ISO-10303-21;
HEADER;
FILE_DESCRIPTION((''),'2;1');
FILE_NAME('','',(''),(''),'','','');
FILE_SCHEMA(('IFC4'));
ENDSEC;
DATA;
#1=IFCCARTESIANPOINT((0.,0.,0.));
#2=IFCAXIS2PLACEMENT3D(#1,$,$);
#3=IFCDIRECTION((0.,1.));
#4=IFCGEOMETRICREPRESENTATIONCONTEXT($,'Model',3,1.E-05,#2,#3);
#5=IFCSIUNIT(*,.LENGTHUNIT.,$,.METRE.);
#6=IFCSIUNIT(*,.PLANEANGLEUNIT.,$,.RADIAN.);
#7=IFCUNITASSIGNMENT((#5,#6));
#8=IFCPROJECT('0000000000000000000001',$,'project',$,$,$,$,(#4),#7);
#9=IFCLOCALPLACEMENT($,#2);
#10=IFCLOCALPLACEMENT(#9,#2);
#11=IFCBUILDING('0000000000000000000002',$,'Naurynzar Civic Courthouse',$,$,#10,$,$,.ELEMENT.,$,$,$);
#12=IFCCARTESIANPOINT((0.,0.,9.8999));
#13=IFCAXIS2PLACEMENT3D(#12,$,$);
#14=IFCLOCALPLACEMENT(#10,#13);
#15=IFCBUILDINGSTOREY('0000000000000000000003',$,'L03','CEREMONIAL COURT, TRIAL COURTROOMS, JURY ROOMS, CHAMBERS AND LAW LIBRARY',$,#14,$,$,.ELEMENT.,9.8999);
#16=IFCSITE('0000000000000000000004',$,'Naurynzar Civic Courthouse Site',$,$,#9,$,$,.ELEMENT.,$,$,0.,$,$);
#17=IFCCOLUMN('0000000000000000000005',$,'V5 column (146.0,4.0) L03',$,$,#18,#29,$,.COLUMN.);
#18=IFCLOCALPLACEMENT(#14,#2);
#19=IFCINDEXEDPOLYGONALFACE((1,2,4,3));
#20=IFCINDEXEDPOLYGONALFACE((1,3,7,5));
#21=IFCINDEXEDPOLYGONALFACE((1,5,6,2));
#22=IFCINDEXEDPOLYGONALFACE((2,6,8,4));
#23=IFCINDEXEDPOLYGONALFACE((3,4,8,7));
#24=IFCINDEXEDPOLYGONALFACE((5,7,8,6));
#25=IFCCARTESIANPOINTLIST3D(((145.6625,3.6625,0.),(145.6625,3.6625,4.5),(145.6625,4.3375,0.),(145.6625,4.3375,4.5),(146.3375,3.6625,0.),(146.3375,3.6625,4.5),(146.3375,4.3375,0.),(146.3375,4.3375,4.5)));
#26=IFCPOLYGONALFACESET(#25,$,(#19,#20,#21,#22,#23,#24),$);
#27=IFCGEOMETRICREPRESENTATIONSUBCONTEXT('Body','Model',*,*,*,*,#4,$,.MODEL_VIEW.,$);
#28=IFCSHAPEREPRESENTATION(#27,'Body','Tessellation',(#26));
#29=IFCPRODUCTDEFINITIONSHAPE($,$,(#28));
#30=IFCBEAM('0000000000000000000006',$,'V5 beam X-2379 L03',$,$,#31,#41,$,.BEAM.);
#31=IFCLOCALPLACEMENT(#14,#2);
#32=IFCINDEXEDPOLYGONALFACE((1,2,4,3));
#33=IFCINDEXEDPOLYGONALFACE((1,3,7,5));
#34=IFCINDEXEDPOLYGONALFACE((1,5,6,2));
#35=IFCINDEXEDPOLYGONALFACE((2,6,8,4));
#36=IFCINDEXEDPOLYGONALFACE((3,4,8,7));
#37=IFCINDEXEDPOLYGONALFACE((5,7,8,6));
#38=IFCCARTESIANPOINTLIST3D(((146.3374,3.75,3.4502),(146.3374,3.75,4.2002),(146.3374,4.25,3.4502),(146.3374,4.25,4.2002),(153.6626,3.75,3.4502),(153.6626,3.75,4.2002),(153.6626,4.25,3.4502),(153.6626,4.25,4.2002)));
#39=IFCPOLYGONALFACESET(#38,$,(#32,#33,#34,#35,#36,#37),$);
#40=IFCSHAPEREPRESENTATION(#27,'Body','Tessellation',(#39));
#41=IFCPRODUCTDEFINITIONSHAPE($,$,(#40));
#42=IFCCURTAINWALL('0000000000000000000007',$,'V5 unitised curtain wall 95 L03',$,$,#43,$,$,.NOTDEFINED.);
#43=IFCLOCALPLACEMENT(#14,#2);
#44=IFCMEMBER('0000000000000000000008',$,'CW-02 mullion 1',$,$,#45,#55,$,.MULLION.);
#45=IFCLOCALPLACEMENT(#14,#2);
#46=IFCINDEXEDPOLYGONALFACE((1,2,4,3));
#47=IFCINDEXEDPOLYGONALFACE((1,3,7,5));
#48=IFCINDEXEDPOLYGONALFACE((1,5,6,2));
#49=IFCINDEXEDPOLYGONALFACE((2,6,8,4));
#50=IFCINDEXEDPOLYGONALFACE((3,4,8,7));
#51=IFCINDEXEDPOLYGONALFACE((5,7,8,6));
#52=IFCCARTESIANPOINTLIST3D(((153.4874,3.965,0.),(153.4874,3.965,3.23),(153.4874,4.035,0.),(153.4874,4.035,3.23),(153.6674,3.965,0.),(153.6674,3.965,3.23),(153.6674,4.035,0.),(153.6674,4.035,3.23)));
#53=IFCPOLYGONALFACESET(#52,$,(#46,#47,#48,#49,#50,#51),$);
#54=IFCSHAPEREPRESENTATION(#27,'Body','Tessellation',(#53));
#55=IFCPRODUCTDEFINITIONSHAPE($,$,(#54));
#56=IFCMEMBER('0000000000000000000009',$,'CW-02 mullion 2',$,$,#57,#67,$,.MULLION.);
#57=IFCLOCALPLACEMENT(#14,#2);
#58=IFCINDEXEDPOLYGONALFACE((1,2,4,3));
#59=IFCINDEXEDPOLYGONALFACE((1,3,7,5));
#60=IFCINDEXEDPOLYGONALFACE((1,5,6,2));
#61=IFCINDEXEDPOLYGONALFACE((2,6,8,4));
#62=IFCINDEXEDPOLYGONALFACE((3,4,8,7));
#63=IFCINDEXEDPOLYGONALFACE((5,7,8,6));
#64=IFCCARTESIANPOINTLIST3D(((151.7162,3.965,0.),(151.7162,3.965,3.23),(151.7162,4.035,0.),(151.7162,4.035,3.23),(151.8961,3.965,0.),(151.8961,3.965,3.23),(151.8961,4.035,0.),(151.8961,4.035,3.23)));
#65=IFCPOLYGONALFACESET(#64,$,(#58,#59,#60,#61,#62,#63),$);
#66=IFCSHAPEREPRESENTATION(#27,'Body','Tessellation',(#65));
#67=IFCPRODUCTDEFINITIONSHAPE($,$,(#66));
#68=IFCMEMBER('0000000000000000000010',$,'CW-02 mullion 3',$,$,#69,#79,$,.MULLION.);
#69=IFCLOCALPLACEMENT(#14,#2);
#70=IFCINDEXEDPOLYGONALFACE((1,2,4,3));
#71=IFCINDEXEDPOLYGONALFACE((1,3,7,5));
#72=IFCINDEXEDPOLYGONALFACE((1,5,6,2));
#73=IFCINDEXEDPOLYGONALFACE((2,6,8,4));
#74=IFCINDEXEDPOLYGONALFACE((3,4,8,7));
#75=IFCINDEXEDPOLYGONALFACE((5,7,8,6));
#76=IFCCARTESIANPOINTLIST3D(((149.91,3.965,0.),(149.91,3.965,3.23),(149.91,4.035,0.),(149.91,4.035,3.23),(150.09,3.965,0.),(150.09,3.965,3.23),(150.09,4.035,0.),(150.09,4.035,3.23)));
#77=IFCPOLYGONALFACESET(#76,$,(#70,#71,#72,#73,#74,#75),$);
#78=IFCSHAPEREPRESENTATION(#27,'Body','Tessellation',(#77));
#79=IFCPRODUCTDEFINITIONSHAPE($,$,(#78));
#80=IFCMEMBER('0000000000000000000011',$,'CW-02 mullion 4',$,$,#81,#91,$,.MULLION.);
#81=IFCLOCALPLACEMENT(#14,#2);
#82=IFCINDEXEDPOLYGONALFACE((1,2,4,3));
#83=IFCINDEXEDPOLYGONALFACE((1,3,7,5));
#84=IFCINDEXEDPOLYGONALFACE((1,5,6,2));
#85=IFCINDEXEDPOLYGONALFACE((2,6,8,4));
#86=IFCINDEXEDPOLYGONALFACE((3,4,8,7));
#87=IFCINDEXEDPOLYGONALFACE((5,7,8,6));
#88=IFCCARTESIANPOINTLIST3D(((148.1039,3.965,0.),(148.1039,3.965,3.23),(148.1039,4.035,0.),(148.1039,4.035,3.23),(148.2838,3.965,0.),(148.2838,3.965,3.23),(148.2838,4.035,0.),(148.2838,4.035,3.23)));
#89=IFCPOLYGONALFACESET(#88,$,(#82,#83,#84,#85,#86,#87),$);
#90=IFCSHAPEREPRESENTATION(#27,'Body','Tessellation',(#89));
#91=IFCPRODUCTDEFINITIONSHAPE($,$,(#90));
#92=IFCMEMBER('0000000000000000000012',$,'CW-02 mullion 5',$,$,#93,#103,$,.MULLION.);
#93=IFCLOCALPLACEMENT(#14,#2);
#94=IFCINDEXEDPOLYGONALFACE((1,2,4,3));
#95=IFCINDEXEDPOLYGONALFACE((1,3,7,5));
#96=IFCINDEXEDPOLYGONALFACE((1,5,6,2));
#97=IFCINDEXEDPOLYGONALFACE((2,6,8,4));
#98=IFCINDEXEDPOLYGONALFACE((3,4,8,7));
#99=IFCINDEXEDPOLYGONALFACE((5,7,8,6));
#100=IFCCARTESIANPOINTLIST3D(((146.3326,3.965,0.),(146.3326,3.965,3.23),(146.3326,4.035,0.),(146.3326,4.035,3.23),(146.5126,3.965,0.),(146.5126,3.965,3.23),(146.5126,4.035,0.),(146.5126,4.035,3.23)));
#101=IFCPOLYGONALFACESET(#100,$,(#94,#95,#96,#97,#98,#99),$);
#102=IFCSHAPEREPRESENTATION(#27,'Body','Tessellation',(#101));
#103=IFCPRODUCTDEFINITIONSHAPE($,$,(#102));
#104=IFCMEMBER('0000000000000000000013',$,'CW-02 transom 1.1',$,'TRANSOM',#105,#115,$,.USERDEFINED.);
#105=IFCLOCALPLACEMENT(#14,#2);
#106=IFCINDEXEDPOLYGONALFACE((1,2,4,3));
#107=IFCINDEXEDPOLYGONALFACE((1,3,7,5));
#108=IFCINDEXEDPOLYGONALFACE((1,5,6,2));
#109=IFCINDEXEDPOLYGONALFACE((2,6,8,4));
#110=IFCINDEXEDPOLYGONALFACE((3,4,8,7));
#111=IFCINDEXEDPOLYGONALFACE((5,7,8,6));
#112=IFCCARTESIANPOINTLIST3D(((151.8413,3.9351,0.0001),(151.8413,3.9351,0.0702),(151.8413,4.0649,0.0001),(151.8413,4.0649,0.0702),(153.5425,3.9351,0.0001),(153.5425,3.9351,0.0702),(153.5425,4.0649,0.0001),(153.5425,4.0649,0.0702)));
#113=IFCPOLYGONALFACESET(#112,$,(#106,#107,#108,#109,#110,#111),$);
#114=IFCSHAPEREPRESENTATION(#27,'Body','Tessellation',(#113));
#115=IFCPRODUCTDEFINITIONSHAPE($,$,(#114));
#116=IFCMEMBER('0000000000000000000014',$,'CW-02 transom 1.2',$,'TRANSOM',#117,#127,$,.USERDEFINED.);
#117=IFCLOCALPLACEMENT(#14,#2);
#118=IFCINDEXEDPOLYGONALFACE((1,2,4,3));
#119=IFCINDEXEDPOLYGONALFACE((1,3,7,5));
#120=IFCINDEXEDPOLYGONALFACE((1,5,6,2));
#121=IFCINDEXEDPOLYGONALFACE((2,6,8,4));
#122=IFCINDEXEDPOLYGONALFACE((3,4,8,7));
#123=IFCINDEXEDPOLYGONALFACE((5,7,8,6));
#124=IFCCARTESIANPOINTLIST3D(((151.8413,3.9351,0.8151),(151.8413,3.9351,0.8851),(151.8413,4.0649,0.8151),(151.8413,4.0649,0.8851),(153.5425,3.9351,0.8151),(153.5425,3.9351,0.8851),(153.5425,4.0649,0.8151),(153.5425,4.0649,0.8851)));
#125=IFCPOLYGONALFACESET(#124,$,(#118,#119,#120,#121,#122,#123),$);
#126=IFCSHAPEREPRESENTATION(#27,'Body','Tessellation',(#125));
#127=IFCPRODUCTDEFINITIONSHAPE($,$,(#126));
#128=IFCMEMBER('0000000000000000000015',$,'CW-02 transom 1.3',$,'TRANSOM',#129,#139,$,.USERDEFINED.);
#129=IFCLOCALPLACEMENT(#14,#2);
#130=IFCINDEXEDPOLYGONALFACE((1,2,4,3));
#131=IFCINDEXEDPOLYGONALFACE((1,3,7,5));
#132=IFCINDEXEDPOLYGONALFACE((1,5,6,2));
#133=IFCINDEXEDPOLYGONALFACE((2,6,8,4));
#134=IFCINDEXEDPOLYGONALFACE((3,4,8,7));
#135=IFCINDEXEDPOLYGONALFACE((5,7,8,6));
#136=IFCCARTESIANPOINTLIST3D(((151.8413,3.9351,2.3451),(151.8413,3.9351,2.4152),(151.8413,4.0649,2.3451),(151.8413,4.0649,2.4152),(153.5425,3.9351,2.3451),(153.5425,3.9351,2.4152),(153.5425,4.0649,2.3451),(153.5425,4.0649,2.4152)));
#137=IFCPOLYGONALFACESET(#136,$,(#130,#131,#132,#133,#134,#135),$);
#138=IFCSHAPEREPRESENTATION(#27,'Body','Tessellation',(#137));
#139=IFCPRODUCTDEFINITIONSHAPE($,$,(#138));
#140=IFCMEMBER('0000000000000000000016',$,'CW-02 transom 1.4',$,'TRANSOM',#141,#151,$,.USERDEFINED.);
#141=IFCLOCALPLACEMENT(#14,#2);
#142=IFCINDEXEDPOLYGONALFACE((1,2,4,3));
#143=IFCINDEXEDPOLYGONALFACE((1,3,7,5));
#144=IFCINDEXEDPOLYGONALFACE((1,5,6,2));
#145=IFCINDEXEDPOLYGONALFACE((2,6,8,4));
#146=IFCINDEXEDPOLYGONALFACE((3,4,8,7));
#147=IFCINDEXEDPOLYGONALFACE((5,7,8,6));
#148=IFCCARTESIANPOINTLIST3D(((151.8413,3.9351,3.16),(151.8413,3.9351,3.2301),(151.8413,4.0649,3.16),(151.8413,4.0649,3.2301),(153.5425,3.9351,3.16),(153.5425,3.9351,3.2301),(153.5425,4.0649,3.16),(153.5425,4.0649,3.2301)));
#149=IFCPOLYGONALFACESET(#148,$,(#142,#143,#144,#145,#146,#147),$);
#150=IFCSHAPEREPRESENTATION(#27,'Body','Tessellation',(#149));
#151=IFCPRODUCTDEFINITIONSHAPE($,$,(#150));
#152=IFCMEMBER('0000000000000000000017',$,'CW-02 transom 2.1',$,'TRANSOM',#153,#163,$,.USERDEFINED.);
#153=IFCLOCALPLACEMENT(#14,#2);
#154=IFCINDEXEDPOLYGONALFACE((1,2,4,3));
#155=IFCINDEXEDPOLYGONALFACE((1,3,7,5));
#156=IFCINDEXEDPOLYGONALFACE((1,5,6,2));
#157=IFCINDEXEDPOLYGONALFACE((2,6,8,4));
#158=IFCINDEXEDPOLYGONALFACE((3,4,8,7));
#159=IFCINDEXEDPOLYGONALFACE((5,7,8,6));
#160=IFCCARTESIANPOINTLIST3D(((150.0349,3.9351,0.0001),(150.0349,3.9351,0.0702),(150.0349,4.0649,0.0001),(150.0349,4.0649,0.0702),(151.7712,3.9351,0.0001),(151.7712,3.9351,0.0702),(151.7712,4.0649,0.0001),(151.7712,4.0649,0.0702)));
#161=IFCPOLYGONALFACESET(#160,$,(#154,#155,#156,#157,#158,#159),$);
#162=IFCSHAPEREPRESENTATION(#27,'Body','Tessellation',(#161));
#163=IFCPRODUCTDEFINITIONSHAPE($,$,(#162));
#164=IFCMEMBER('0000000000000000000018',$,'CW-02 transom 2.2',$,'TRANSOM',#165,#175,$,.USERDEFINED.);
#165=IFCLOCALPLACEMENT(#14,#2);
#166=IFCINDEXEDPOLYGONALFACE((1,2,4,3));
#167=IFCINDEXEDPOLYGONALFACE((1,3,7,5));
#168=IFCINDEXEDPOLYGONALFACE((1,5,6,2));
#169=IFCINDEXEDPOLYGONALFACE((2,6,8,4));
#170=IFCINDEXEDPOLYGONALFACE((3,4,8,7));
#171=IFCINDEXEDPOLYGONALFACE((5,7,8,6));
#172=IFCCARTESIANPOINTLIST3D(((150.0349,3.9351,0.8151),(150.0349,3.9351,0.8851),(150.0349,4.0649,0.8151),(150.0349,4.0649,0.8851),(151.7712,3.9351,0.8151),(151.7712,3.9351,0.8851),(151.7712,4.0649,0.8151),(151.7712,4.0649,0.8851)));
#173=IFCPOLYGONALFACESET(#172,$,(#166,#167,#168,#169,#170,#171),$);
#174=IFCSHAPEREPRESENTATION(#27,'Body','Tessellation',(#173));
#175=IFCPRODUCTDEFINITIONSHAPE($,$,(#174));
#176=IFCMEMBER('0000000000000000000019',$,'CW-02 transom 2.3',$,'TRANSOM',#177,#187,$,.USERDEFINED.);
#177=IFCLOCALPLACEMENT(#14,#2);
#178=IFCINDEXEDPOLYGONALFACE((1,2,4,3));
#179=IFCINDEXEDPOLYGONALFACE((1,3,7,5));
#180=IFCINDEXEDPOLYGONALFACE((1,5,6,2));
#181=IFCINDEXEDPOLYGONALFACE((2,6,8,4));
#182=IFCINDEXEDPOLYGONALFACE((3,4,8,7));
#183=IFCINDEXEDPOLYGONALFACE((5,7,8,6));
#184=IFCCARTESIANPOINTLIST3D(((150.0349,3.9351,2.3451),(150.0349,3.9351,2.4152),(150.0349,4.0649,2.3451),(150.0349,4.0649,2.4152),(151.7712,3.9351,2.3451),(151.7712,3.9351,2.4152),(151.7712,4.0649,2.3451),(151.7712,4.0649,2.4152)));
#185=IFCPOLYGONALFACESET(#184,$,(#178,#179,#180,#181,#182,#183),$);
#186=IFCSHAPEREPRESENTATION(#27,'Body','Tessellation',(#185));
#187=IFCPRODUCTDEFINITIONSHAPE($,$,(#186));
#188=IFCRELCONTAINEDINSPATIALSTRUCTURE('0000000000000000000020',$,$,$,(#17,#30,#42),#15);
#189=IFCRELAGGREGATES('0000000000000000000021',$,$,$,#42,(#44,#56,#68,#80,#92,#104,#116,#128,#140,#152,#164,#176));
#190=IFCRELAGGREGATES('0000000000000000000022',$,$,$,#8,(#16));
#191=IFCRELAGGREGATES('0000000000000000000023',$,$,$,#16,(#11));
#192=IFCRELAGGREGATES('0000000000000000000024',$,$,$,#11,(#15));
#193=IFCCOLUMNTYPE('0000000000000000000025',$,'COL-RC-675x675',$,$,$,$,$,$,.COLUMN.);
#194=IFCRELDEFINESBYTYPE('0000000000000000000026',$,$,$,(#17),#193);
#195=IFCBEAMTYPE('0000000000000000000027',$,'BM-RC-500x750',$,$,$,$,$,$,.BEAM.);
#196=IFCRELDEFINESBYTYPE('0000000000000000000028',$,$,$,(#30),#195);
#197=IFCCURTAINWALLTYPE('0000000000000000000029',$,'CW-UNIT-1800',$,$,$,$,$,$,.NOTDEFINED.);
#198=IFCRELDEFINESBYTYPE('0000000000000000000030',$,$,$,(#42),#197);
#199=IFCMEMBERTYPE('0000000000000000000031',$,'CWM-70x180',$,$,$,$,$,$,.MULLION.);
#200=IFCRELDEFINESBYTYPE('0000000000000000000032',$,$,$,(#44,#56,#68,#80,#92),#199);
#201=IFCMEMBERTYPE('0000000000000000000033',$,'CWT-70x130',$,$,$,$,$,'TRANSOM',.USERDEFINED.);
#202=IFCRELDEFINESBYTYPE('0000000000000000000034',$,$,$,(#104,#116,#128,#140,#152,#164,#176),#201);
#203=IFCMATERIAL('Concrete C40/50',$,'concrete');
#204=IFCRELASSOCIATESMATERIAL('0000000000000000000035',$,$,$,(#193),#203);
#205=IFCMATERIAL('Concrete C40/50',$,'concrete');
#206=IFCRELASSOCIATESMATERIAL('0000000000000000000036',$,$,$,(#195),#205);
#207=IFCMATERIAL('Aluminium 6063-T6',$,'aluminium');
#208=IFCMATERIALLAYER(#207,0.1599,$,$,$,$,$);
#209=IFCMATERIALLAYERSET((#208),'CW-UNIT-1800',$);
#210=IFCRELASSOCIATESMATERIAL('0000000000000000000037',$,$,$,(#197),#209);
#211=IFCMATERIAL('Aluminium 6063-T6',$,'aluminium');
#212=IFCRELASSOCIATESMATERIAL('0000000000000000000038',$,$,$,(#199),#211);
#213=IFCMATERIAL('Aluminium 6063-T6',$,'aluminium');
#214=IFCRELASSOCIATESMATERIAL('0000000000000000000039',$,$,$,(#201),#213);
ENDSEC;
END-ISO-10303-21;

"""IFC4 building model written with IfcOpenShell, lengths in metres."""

from ifc_helpers import new_model, si_unit, direction, frame, origin, origin_2d, place, context, subcontext, project, spatial, rectangle, extrude, material, layer, layer_set, material_profile, profile_set, type_object, element, aggregate, save


model = new_model("IFC4")

# Units and contexts
model_context = context("Model", 3, precision=1e-05, world=origin(), true_north=direction((0.0, 1.0)))
body_context = subcontext(model_context, "Body", "Model", "MODEL_VIEW")
ifc_project = project(units=[si_unit("LENGTHUNIT", "METRE"), si_unit("PLANEANGLEUNIT", "RADIAN")], contexts=[model_context])

# Site, building, storey
site_placement = place(None, origin())
site = spatial("IfcSite", under=ifc_project, at=site_placement, Name="Naurynzar Civic Courthouse Site", CompositionType="ELEMENT", RefElevation=0.0)
building_placement = place(site_placement, origin())
building = spatial("IfcBuilding", under=site, at=building_placement, Name="Naurynzar Civic Courthouse", CompositionType="ELEMENT")
storey_placement = place(building_placement, frame((0.0, 0.0, 9.8999)))
storey = spatial("IfcBuildingStorey", under=building, at=storey_placement, Name="L03", Description="CEREMONIAL COURT, TRIAL COURTROOMS, JURY ROOMS, CHAMBERS AND LAW LIBRARY", CompositionType="ELEMENT", Elevation=9.8999)

# Column
ifc_material_1 = material(Name="Concrete C40/50", Category="concrete")
ifc_material_profile_1 = material_profile(ifc_material_1, rectangle(XDim=0.675, YDim=0.675, at=origin_2d()), Name="RC 675x675")
ifc_profile_set_1 = profile_set([ifc_material_profile_1], Name="Concrete C40/50")
column_type = type_object("IfcColumnType", Name="COL-RC-675x675", PredefinedType="COLUMN", material=ifc_profile_set_1)
column_placement = place(storey_placement, frame((146.0, 4.0, 0.0), z_axis=(0.0, 0.0, 1.0), x_axis=(1.0, 0.0, 0.0)))
element("IfcColumn", 1, at=column_placement, inside=storey, type_object=column_type, Name="V5 column (146.0,4.0) L03", PredefinedType="COLUMN", context=body_context, shape_type="SweptSolid", body=[
    extrude(rectangle(XDim=0.675, YDim=0.675, at=origin_2d()), origin(), (0.0, 0.0, 1.0), 4.5),
])

# Beam
ifc_material_2 = material(Name="Concrete C40/50", Category="concrete")
ifc_material_profile_2 = material_profile(ifc_material_2, rectangle(XDim=0.5, YDim=0.75, at=origin_2d()), Name="RCB 500x750")
ifc_profile_set_2 = profile_set([ifc_material_profile_2], Name="Concrete C40/50")
beam_type = type_object("IfcBeamType", Name="BM-RC-500x750", PredefinedType="BEAM", material=ifc_profile_set_2)
beam_placement = place(storey_placement, frame((146.3374, 4.0, 3.8252), z_axis=(1.0, 0.0, 0.0), x_axis=(0.0, 1.0, 0.0)))
element("IfcBeam", 2, at=beam_placement, inside=storey, type_object=beam_type, Name="V5 beam X-2379 L03", PredefinedType="BEAM", context=body_context, shape_type="SweptSolid", body=[
    extrude(rectangle(XDim=0.5, YDim=0.75, at=origin_2d()), origin(), (0.0, 0.0, 1.0), 7.3252),
])

# Curtain wall, members
ifc_material_3 = material(Name="Aluminium 6063-T6", Category="aluminium")
ifc_layer_1 = layer(ifc_material_3, 0.1599)
ifc_layer_set_1 = layer_set([ifc_layer_1], Name="CW-UNIT-1800")
curtain_wall_type = type_object("IfcCurtainWallType", Name="CW-UNIT-1800", PredefinedType="NOTDEFINED", material=ifc_layer_set_1)
curtain_wall_placement = place(storey_placement, origin())
curtain_wall = element("IfcCurtainWall", 3, at=curtain_wall_placement, inside=storey, type_object=curtain_wall_type, Name="V5 unitised curtain wall 95 L03", PredefinedType="NOTDEFINED")
ifc_material_4 = material(Name="Aluminium 6063-T6", Category="aluminium")
ifc_material_profile_3 = material_profile(ifc_material_4, rectangle(XDim=0.0701, YDim=0.1799, at=origin_2d()), Name="ALU MULLION 70x180")
ifc_profile_set_3 = profile_set([ifc_material_profile_3], Name="Aluminium 6063-T6")
member_type_1 = type_object("IfcMemberType", Name="CWM-70x180", PredefinedType="MULLION", material=ifc_profile_set_3)
member_1_placement = place(storey_placement, frame((153.5774, 4.0, 0.0), z_axis=(0.0, 0.0, 1.0), x_axis=(0.0, -1.0, 0.0)))
member_1 = element("IfcMember", 4, at=member_1_placement, type_object=member_type_1, Name="CW-02 mullion 1", PredefinedType="MULLION", context=body_context, shape_type="SweptSolid", body=[
    extrude(rectangle(XDim=0.0701, YDim=0.1799, at=origin_2d()), origin(), (0.0, 0.0, 1.0), 3.23),
])
member_2_placement = place(storey_placement, frame((151.8062, 4.0, 0.0), z_axis=(0.0, 0.0, 1.0), x_axis=(0.0, -1.0, 0.0)))
member_2 = element("IfcMember", 5, at=member_2_placement, type_object=member_type_1, Name="CW-02 mullion 2", PredefinedType="MULLION", context=body_context, shape_type="SweptSolid", body=[
    extrude(rectangle(XDim=0.0701, YDim=0.1799, at=origin_2d()), origin(), (0.0, 0.0, 1.0), 3.23),
])
member_3_placement = place(storey_placement, frame((150.0, 4.0, 0.0), z_axis=(0.0, 0.0, 1.0), x_axis=(0.0, -1.0, 0.0)))
member_3 = element("IfcMember", 6, at=member_3_placement, type_object=member_type_1, Name="CW-02 mullion 3", PredefinedType="MULLION", context=body_context, shape_type="SweptSolid", body=[
    extrude(rectangle(XDim=0.0701, YDim=0.1799, at=origin_2d()), origin(), (0.0, 0.0, 1.0), 3.23),
])
member_4_placement = place(storey_placement, frame((148.1938, 4.0, 0.0), z_axis=(0.0, 0.0, 1.0), x_axis=(0.0, -1.0, 0.0)))
member_4 = element("IfcMember", 7, at=member_4_placement, type_object=member_type_1, Name="CW-02 mullion 4", PredefinedType="MULLION", context=body_context, shape_type="SweptSolid", body=[
    extrude(rectangle(XDim=0.0701, YDim=0.1799, at=origin_2d()), origin(), (0.0, 0.0, 1.0), 3.23),
])
member_5_placement = place(storey_placement, frame((146.4226, 4.0, 0.0), z_axis=(0.0, 0.0, 1.0), x_axis=(0.0, -1.0, 0.0)))
member_5 = element("IfcMember", 8, at=member_5_placement, type_object=member_type_1, Name="CW-02 mullion 5", PredefinedType="MULLION", context=body_context, shape_type="SweptSolid", body=[
    extrude(rectangle(XDim=0.0701, YDim=0.1799, at=origin_2d()), origin(), (0.0, 0.0, 1.0), 3.23),
])
ifc_material_5 = material(Name="Aluminium 6063-T6", Category="aluminium")
ifc_material_profile_4 = material_profile(ifc_material_5, rectangle(XDim=0.1299, YDim=0.0701, at=origin_2d()), Name="ALU TRANSOM 70x130")
ifc_profile_set_4 = profile_set([ifc_material_profile_4], Name="Aluminium 6063-T6")
member_type_2 = type_object("IfcMemberType", Name="CWT-70x130", ElementType="TRANSOM", PredefinedType="USERDEFINED", material=ifc_profile_set_4)
member_6_placement = place(storey_placement, frame((153.5425, 4.0, 0.0352), z_axis=(-1.0, 0.0, 0.0), x_axis=(0.0, -1.0, 0.0)))
member_6 = element("IfcMember", 9, at=member_6_placement, type_object=member_type_2, Name="CW-02 transom 1.1", ObjectType="TRANSOM", PredefinedType="USERDEFINED", context=body_context, shape_type="SweptSolid", body=[
    extrude(rectangle(XDim=0.1299, YDim=0.0701, at=origin_2d()), origin(), (0.0, 0.0, 1.0), 1.7012),
])
member_7_placement = place(storey_placement, frame((153.5425, 4.0, 0.8501), z_axis=(-1.0, 0.0, 0.0), x_axis=(0.0, -1.0, 0.0)))
member_7 = element("IfcMember", 10, at=member_7_placement, type_object=member_type_2, Name="CW-02 transom 1.2", ObjectType="TRANSOM", PredefinedType="USERDEFINED", context=body_context, shape_type="SweptSolid", body=[
    extrude(rectangle(XDim=0.1299, YDim=0.0701, at=origin_2d()), origin(), (0.0, 0.0, 1.0), 1.7012),
])
member_8_placement = place(storey_placement, frame((153.5425, 4.0, 2.3801), z_axis=(-1.0, 0.0, 0.0), x_axis=(0.0, -1.0, 0.0)))
member_8 = element("IfcMember", 11, at=member_8_placement, type_object=member_type_2, Name="CW-02 transom 1.3", ObjectType="TRANSOM", PredefinedType="USERDEFINED", context=body_context, shape_type="SweptSolid", body=[
    extrude(rectangle(XDim=0.1299, YDim=0.0701, at=origin_2d()), origin(), (0.0, 0.0, 1.0), 1.7012),
])
member_9_placement = place(storey_placement, frame((153.5425, 4.0, 3.1951), z_axis=(-1.0, 0.0, 0.0), x_axis=(0.0, -1.0, 0.0)))
member_9 = element("IfcMember", 12, at=member_9_placement, type_object=member_type_2, Name="CW-02 transom 1.4", ObjectType="TRANSOM", PredefinedType="USERDEFINED", context=body_context, shape_type="SweptSolid", body=[
    extrude(rectangle(XDim=0.1299, YDim=0.0701, at=origin_2d()), origin(), (0.0, 0.0, 1.0), 1.7012),
])
member_10_placement = place(storey_placement, frame((151.7712, 4.0, 0.0352), z_axis=(-1.0, 0.0, 0.0), x_axis=(0.0, -1.0, 0.0)))
member_10 = element("IfcMember", 13, at=member_10_placement, type_object=member_type_2, Name="CW-02 transom 2.1", ObjectType="TRANSOM", PredefinedType="USERDEFINED", context=body_context, shape_type="SweptSolid", body=[
    extrude(rectangle(XDim=0.1299, YDim=0.0701, at=origin_2d()), origin(), (0.0, 0.0, 1.0), 1.7363),
])
member_11_placement = place(storey_placement, frame((151.7712, 4.0, 0.8501), z_axis=(-1.0, 0.0, 0.0), x_axis=(0.0, -1.0, 0.0)))
member_11 = element("IfcMember", 14, at=member_11_placement, type_object=member_type_2, Name="CW-02 transom 2.2", ObjectType="TRANSOM", PredefinedType="USERDEFINED", context=body_context, shape_type="SweptSolid", body=[
    extrude(rectangle(XDim=0.1299, YDim=0.0701, at=origin_2d()), origin(), (0.0, 0.0, 1.0), 1.7363),
])
member_12_placement = place(storey_placement, frame((151.7712, 4.0, 2.3801), z_axis=(-1.0, 0.0, 0.0), x_axis=(0.0, -1.0, 0.0)))
member_12 = element("IfcMember", 15, at=member_12_placement, type_object=member_type_2, Name="CW-02 transom 2.3", ObjectType="TRANSOM", PredefinedType="USERDEFINED", context=body_context, shape_type="SweptSolid", body=[
    extrude(rectangle(XDim=0.1299, YDim=0.0701, at=origin_2d()), origin(), (0.0, 0.0, 1.0), 1.7363),
])
aggregate(curtain_wall, [member_1, member_2, member_3, member_4, member_5, member_6, member_7, member_8, member_9, member_10, member_11, member_12])

save(model, "model.ifc")
